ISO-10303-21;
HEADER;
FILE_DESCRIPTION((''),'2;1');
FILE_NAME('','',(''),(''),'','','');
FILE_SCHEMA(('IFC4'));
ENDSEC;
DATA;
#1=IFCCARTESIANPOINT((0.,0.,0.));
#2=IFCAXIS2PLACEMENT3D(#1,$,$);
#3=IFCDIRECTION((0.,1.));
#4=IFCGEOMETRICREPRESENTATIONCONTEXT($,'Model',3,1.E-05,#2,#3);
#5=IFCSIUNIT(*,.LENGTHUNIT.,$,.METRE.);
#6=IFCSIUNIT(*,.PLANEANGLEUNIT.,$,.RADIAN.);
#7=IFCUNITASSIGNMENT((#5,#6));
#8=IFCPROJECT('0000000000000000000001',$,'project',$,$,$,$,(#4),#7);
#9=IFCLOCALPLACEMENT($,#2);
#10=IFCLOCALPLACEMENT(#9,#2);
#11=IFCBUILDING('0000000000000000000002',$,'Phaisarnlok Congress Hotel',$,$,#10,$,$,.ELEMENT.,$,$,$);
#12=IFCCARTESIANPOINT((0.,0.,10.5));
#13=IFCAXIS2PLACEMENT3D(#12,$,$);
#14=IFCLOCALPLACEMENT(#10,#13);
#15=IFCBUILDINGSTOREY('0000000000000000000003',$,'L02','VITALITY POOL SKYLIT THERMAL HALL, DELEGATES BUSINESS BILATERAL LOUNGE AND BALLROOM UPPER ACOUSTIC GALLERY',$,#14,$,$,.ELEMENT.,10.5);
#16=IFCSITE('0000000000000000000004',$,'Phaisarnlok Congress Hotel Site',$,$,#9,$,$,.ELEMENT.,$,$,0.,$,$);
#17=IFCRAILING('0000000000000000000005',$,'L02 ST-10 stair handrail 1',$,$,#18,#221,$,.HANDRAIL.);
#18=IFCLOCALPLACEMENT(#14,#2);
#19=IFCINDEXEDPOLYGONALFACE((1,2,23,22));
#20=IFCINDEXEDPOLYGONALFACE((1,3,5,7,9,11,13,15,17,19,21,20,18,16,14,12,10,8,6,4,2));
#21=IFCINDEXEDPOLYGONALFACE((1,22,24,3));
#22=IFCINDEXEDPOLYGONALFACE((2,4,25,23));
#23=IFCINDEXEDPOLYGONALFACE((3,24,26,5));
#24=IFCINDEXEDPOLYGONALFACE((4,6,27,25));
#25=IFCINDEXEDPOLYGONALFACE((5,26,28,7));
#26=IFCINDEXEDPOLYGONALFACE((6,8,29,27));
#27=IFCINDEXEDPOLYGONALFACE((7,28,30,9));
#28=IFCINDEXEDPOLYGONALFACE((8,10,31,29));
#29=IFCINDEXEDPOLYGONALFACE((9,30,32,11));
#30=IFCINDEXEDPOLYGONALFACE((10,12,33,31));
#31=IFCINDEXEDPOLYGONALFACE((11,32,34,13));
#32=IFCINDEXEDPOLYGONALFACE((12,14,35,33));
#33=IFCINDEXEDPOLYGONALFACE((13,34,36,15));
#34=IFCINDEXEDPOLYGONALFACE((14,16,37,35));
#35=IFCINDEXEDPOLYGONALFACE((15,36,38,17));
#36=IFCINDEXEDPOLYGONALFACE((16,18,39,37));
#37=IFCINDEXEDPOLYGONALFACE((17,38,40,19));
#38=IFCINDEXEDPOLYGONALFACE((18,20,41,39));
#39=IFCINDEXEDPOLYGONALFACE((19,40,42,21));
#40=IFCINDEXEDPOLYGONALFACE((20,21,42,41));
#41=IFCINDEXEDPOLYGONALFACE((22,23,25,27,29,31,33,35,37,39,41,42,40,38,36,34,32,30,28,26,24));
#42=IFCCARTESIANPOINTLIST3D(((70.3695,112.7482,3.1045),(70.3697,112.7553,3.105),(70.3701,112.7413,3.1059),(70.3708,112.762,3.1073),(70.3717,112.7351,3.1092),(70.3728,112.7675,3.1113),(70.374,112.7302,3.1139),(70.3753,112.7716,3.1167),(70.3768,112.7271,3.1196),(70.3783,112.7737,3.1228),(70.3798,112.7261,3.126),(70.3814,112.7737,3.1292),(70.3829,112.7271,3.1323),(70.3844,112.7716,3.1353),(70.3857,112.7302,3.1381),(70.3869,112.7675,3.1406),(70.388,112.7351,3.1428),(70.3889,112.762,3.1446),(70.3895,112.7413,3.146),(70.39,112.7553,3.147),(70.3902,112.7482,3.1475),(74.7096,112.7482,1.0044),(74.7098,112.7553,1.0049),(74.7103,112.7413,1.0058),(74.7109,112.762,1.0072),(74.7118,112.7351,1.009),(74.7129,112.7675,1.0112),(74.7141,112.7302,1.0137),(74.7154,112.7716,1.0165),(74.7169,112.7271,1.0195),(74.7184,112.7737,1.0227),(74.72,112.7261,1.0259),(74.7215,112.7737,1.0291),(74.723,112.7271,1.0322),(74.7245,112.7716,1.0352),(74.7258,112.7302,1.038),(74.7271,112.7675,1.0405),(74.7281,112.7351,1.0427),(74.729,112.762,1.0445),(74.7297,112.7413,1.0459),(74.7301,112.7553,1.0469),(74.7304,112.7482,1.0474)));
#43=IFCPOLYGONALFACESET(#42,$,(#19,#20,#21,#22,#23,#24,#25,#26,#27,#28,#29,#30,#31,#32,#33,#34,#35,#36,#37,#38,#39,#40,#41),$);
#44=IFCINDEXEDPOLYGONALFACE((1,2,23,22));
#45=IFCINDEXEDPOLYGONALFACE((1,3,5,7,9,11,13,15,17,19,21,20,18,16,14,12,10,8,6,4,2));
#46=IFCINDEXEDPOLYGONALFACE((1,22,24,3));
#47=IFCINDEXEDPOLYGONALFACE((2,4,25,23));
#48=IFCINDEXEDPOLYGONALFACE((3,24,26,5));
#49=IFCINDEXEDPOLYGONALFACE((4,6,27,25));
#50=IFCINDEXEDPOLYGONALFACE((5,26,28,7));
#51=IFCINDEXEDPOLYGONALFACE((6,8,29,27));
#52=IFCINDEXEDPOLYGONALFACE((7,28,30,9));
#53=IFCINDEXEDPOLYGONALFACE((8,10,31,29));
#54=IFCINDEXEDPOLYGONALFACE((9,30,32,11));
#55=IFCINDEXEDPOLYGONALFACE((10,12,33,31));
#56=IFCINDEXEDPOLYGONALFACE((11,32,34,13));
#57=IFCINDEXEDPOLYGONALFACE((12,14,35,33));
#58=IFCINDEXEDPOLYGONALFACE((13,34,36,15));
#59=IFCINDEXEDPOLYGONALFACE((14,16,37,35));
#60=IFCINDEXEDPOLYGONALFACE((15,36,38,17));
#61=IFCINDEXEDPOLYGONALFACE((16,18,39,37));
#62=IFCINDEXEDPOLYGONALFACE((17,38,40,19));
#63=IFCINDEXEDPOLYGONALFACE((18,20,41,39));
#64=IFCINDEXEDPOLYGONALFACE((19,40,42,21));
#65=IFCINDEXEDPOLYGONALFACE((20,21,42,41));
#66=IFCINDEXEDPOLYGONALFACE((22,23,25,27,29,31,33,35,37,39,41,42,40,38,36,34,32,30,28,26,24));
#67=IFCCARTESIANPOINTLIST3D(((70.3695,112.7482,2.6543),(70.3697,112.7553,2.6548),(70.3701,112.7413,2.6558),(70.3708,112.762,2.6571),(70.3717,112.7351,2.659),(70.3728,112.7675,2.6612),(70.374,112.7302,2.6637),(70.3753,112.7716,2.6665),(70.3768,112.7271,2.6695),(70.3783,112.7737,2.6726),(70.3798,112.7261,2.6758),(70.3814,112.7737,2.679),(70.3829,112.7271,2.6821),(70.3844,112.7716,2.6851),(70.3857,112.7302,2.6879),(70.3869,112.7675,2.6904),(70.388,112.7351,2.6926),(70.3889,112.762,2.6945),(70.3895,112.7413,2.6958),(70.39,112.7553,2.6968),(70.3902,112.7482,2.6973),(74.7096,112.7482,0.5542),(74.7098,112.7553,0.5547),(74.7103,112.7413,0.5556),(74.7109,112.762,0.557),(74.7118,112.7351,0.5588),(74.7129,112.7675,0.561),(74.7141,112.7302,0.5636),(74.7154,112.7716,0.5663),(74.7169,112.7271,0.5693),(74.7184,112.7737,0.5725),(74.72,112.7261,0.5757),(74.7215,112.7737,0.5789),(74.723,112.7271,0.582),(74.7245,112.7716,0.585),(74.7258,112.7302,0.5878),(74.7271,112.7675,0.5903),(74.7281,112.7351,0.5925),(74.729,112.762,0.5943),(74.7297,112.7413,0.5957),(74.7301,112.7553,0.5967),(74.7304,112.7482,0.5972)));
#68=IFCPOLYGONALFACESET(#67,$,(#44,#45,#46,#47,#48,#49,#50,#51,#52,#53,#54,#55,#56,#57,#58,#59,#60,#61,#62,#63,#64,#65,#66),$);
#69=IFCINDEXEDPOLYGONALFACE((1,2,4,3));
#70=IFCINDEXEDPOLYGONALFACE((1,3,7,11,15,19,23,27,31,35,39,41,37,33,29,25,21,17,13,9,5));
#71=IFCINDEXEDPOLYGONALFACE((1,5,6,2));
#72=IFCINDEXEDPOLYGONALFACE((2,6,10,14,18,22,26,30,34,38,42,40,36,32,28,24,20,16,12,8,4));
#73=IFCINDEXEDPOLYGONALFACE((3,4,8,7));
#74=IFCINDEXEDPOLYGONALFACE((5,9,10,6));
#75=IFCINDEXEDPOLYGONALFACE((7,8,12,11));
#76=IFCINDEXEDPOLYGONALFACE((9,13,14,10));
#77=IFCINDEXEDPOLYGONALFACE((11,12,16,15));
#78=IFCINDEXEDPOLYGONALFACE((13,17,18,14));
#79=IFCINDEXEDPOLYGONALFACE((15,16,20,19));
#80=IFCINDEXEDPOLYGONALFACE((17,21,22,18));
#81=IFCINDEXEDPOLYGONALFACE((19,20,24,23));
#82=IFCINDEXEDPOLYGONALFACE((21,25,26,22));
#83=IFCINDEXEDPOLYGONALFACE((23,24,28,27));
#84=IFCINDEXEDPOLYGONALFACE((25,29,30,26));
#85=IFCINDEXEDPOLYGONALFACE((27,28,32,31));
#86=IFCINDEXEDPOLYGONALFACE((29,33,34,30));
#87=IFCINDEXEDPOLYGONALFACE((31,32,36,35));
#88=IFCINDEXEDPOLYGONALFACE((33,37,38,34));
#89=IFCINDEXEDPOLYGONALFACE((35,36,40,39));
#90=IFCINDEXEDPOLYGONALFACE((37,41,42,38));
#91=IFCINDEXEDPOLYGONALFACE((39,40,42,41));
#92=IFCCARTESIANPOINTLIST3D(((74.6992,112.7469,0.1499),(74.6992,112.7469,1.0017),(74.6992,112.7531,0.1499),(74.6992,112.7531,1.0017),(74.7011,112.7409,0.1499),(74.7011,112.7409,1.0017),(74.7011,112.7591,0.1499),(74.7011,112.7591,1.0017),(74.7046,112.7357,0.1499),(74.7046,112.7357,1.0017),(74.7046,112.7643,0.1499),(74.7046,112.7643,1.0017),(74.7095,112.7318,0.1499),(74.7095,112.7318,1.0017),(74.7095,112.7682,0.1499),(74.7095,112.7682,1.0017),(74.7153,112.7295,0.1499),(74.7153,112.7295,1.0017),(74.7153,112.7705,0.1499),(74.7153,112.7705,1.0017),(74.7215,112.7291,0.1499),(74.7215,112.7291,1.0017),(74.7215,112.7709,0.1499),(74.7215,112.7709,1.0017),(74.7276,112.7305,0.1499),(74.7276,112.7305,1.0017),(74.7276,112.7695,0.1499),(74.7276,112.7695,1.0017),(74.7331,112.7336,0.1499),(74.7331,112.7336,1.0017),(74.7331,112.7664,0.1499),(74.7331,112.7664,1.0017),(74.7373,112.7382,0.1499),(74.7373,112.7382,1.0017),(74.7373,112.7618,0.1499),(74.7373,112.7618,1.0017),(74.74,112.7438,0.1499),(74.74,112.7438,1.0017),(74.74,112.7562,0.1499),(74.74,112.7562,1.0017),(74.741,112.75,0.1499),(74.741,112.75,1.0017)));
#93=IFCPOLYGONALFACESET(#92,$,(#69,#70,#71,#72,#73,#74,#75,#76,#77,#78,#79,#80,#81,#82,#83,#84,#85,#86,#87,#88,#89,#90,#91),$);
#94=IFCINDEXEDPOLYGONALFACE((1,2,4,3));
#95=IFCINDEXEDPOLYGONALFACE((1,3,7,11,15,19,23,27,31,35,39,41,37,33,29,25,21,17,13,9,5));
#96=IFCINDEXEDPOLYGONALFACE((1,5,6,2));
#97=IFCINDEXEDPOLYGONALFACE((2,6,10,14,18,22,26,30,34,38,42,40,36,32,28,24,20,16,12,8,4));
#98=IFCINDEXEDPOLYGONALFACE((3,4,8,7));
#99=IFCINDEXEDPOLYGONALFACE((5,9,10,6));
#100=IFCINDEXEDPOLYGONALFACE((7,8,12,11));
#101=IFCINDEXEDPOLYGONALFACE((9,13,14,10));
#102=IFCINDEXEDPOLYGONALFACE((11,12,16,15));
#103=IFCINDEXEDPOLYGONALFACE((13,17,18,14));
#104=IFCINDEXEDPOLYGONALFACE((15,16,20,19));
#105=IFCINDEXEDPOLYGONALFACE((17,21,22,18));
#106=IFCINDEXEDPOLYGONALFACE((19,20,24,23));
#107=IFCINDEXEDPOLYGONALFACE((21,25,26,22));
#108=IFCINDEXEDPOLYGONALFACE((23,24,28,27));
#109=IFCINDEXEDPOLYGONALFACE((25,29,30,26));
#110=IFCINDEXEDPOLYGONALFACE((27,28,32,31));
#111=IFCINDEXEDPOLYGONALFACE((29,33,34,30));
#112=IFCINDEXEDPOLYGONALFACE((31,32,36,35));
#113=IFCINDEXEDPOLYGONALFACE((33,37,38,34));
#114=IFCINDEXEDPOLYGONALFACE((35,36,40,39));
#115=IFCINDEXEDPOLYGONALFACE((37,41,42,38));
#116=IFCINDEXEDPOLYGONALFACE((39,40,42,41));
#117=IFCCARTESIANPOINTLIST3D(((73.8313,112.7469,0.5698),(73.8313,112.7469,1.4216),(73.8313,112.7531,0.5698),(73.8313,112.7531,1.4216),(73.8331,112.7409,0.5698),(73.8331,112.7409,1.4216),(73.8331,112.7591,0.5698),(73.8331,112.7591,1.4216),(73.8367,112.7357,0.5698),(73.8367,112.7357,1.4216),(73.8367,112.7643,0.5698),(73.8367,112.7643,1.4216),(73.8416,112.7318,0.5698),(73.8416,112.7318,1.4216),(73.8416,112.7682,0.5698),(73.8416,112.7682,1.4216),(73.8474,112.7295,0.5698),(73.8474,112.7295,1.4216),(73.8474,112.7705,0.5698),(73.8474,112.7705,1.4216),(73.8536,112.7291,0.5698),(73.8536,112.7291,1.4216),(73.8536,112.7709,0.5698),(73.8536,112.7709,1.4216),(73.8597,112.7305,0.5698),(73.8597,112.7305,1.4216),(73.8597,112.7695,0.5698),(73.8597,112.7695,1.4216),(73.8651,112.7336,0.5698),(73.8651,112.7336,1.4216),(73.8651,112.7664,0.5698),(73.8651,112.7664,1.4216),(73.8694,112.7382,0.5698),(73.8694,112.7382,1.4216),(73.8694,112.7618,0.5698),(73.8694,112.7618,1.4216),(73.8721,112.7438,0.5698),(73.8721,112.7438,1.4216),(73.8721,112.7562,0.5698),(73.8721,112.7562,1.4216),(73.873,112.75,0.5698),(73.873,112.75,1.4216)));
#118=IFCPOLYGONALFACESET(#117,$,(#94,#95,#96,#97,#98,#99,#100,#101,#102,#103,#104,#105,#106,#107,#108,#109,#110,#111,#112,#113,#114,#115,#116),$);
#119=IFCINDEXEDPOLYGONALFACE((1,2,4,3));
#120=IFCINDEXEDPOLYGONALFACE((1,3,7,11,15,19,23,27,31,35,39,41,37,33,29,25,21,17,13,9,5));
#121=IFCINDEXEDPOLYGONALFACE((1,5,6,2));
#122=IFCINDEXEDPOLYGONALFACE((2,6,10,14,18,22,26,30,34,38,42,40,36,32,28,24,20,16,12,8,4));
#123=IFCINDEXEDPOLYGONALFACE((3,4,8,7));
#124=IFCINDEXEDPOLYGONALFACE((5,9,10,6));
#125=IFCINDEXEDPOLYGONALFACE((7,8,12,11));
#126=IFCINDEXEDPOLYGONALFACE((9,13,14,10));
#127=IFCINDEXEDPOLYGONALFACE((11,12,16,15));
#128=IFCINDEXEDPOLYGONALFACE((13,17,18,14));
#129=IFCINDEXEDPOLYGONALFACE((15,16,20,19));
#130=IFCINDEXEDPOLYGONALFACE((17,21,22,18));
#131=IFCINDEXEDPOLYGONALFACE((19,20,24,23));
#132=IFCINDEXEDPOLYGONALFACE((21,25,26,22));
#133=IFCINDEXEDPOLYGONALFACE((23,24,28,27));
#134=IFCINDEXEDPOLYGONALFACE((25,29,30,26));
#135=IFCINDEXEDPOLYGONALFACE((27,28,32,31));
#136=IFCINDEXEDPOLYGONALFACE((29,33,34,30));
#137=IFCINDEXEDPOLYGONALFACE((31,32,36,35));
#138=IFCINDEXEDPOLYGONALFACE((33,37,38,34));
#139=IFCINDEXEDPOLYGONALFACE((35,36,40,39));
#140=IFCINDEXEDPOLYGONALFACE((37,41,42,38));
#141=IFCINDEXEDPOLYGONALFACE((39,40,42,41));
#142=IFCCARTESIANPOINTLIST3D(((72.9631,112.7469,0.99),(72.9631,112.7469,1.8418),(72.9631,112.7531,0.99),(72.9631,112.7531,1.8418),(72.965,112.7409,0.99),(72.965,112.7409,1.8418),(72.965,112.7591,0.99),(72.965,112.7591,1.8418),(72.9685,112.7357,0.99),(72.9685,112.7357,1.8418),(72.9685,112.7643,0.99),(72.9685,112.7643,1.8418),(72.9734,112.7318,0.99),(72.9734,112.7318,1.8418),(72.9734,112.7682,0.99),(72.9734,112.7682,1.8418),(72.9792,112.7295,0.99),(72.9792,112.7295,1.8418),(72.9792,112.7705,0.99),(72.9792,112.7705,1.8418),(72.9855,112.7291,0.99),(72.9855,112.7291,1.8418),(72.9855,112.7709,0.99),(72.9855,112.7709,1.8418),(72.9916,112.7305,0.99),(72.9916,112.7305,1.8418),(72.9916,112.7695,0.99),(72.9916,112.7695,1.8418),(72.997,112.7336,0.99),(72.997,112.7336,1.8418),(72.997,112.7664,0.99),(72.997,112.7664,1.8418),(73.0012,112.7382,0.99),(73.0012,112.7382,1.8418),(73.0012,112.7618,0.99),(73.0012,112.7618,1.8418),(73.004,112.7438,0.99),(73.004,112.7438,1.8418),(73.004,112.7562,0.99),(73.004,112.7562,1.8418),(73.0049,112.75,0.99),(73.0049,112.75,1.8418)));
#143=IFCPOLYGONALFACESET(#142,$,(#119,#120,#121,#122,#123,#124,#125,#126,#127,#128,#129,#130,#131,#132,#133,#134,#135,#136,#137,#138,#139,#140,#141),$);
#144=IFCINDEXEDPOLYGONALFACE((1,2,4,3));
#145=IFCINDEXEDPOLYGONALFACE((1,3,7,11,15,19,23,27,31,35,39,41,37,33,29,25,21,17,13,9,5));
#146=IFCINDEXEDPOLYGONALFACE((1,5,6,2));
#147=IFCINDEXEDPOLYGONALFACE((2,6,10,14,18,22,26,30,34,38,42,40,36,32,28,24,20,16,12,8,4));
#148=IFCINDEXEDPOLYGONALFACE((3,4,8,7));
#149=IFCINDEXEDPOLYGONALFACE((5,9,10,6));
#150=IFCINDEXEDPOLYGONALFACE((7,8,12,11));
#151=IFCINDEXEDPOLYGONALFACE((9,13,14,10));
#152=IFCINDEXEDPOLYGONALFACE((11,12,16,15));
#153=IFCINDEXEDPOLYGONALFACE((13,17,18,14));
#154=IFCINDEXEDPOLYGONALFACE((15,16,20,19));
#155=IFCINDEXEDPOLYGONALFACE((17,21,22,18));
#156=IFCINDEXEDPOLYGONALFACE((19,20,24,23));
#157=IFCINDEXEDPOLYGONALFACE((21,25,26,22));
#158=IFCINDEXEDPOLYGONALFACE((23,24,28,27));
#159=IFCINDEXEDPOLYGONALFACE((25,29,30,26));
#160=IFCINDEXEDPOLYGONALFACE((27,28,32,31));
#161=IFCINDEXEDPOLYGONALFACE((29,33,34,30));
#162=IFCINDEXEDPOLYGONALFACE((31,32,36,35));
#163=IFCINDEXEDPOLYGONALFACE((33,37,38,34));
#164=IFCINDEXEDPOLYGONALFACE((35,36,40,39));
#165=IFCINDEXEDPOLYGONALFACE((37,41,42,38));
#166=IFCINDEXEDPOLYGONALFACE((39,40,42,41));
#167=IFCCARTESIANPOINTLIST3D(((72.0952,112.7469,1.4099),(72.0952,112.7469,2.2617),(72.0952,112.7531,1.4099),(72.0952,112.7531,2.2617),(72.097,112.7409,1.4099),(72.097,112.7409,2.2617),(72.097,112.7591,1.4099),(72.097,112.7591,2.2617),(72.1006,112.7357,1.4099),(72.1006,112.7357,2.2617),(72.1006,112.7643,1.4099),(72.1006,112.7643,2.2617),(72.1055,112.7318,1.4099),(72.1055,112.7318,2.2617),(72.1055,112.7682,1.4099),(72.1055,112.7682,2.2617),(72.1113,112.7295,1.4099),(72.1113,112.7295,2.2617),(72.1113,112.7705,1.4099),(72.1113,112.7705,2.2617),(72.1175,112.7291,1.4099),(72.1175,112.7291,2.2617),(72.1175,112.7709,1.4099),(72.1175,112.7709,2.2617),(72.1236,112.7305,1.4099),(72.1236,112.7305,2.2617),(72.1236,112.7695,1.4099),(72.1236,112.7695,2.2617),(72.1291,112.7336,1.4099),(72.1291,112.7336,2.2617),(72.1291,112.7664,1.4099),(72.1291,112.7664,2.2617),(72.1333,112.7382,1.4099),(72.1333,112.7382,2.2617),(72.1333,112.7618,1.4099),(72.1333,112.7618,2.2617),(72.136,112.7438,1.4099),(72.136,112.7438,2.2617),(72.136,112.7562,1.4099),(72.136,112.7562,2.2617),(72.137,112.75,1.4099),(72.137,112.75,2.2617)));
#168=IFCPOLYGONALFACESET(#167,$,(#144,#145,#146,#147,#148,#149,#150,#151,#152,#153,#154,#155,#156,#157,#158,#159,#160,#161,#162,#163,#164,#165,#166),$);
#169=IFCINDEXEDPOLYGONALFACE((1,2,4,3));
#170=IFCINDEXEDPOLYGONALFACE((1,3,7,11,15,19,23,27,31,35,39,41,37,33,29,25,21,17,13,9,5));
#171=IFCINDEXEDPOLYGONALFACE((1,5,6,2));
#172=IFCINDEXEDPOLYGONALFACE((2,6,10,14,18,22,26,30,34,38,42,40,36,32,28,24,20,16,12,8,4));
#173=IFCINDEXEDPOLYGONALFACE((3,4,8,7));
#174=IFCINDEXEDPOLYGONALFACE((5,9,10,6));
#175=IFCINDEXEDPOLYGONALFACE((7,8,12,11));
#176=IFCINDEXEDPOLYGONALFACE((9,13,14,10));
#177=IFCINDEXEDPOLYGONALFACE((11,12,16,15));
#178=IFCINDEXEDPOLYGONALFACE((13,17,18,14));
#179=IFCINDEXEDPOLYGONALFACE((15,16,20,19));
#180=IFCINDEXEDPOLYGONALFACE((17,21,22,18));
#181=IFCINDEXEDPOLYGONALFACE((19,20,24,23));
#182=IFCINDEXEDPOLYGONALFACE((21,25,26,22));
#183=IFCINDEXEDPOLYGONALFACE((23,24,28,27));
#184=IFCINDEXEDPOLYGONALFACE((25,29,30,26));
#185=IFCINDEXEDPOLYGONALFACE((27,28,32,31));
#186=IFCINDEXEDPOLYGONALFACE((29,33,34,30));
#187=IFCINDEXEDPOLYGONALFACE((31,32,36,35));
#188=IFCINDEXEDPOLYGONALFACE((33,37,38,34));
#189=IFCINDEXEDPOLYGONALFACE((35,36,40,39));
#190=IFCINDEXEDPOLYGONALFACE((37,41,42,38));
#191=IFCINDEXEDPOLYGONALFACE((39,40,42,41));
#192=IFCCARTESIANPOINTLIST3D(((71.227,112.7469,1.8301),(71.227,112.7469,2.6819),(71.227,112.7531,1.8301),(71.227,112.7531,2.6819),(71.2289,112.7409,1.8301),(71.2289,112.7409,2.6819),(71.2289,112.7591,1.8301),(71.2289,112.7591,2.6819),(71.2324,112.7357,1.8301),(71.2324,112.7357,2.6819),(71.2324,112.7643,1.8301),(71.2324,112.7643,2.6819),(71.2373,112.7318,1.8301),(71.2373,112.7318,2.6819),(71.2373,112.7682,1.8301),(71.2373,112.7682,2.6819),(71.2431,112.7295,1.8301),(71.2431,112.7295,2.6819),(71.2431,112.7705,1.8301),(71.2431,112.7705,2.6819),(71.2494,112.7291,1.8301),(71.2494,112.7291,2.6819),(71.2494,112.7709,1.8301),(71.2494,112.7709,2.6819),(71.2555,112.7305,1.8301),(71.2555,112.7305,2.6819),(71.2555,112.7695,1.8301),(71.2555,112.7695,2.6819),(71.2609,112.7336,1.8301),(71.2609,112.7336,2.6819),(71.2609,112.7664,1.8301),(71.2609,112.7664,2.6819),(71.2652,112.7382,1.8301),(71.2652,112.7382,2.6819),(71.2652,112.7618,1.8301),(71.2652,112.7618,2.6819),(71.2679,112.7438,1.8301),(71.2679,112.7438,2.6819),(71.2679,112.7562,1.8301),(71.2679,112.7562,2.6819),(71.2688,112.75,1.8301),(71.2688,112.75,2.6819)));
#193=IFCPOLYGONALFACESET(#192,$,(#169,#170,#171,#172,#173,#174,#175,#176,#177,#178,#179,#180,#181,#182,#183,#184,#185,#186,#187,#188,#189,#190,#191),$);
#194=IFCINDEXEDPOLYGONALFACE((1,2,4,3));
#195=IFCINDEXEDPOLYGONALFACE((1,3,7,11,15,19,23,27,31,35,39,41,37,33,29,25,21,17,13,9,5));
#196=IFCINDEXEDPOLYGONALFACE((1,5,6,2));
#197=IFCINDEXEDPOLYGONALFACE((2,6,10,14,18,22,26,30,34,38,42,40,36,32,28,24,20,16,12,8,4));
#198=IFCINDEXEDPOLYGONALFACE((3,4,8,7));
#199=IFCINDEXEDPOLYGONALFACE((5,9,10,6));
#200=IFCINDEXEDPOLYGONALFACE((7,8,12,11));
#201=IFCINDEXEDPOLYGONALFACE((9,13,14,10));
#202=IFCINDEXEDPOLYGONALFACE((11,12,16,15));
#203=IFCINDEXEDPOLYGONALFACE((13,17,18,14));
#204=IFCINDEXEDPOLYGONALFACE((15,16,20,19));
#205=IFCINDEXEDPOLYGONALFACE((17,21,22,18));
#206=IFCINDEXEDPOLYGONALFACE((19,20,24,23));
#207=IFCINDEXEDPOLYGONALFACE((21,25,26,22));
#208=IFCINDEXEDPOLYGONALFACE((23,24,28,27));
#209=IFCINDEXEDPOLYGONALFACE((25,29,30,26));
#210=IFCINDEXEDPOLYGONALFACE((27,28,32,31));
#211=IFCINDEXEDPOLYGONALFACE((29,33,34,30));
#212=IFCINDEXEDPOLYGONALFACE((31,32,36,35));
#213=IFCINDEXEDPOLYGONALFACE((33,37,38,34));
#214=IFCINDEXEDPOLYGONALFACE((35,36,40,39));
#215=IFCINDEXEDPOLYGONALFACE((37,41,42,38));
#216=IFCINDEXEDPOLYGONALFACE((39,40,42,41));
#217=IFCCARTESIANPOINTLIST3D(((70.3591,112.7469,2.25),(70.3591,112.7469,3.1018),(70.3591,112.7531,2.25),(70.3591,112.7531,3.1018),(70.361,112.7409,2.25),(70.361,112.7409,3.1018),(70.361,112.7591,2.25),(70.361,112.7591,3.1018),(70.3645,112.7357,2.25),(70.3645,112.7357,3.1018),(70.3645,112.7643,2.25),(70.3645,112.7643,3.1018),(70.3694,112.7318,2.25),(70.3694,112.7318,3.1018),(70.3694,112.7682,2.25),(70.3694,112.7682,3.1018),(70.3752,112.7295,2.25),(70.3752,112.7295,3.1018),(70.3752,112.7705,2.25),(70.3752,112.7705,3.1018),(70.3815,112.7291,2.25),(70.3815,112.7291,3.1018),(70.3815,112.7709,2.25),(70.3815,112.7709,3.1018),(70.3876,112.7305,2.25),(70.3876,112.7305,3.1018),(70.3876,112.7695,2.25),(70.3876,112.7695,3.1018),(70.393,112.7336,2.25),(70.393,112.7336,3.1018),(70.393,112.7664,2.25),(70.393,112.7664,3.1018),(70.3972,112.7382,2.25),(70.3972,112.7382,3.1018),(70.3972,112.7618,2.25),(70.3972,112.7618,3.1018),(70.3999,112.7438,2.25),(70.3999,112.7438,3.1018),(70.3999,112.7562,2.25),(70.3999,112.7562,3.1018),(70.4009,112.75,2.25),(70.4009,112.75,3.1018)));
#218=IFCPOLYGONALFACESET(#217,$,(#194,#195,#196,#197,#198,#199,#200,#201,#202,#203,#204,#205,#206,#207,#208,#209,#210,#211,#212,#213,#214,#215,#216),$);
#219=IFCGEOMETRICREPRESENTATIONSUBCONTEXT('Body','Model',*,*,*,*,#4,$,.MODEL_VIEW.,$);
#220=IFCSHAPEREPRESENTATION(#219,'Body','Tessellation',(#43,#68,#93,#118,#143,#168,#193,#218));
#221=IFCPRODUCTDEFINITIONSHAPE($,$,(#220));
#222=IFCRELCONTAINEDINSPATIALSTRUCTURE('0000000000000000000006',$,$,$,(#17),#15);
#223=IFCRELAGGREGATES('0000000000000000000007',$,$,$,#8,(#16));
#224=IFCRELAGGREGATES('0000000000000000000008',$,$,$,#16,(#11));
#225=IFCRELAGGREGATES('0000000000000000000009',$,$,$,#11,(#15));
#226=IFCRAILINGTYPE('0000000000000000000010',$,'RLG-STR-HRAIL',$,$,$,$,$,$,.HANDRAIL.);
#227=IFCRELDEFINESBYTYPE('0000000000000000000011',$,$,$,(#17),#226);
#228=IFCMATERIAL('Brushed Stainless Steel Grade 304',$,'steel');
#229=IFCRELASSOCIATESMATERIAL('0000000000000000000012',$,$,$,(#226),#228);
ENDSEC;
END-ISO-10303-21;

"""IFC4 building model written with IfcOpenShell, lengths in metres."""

from ifc_helpers import new_model, si_unit, direction, frame, origin, origin_2d, place, context, subcontext, project, spatial, circle, extrude, material, type_object, element, save


model = new_model("IFC4")

# Units and contexts
model_context = context("Model", 3, precision=1e-05, world=origin(), true_north=direction((0.0, 1.0)))
body_context = subcontext(model_context, "Body", "Model", "MODEL_VIEW")
ifc_project = project(units=[si_unit("LENGTHUNIT", "METRE"), si_unit("PLANEANGLEUNIT", "RADIAN")], contexts=[model_context])

# Site, building, storey
site_placement = place(None, origin())
site = spatial("IfcSite", under=ifc_project, at=site_placement, Name="Phaisarnlok Congress Hotel Site", CompositionType="ELEMENT", RefElevation=0.0)
building_placement = place(site_placement, origin())
building = spatial("IfcBuilding", under=site, at=building_placement, Name="Phaisarnlok Congress Hotel", CompositionType="ELEMENT")
storey_placement = place(building_placement, frame((0.0, 0.0, 10.5)))
storey = spatial("IfcBuildingStorey", under=building, at=storey_placement, Name="L02", Description="VITALITY POOL SKYLIT THERMAL HALL, DELEGATES BUSINESS BILATERAL LOUNGE AND BALLROOM UPPER ACOUSTIC GALLERY", CompositionType="ELEMENT", Elevation=10.5)

# Railing
ifc_material_1 = material(Name="Brushed Stainless Steel Grade 304", Category="steel")
railing_type_1 = type_object("IfcRailingType", Name="RLG-STR-HRAIL", PredefinedType="HANDRAIL", material=ifc_material_1)
railing_1_placement = place(storey_placement, frame((74.72, 112.75, 0.1499)))
element("IfcRailing", 1, at=railing_1_placement, inside=storey, type_object=railing_type_1, Name="L02 ST-10 stair handrail 1", PredefinedType="HANDRAIL", context=body_context, shape_type="SweptSolid", body=[
    extrude(circle(Radius=0.0239, at=origin_2d()), frame((0.0, 0.0, 0.876), z_axis=(-0.900155, 0.0, 0.43557), x_axis=(0.0, -1.0, 0.0)), (0.0, 0.0, 1.0), 4.8215),
    extrude(circle(Radius=0.0239, at=origin_2d()), frame((0.0, 0.0, 0.4258), z_axis=(-0.900155, 0.0, 0.43557), x_axis=(0.0, -1.0, 0.0)), (0.0, 0.0, 1.0), 4.8215),
    extrude(circle(Radius=0.021, at=origin_2d()), origin(), (0.0, 0.0, 1.0), 0.8518),
    extrude(circle(Radius=0.021, at=origin_2d()), frame((-0.8679, 0.0, 0.4199)), (0.0, 0.0, 1.0), 0.8518),
    extrude(circle(Radius=0.021, at=origin_2d()), frame((-1.7361, 0.0, 0.8401)), (0.0, 0.0, 1.0), 0.8518),
    extrude(circle(Radius=0.021, at=origin_2d()), frame((-2.604, 0.0, 1.26)), (0.0, 0.0, 1.0), 0.8518),
    extrude(circle(Radius=0.021, at=origin_2d()), frame((-3.4722, 0.0, 1.6802)), (0.0, 0.0, 1.0), 0.8518),
    extrude(circle(Radius=0.021, at=origin_2d()), frame((-4.3401, 0.0, 2.1001)), (0.0, 0.0, 1.0), 0.8518),
])

save(model, "model.ifc")
